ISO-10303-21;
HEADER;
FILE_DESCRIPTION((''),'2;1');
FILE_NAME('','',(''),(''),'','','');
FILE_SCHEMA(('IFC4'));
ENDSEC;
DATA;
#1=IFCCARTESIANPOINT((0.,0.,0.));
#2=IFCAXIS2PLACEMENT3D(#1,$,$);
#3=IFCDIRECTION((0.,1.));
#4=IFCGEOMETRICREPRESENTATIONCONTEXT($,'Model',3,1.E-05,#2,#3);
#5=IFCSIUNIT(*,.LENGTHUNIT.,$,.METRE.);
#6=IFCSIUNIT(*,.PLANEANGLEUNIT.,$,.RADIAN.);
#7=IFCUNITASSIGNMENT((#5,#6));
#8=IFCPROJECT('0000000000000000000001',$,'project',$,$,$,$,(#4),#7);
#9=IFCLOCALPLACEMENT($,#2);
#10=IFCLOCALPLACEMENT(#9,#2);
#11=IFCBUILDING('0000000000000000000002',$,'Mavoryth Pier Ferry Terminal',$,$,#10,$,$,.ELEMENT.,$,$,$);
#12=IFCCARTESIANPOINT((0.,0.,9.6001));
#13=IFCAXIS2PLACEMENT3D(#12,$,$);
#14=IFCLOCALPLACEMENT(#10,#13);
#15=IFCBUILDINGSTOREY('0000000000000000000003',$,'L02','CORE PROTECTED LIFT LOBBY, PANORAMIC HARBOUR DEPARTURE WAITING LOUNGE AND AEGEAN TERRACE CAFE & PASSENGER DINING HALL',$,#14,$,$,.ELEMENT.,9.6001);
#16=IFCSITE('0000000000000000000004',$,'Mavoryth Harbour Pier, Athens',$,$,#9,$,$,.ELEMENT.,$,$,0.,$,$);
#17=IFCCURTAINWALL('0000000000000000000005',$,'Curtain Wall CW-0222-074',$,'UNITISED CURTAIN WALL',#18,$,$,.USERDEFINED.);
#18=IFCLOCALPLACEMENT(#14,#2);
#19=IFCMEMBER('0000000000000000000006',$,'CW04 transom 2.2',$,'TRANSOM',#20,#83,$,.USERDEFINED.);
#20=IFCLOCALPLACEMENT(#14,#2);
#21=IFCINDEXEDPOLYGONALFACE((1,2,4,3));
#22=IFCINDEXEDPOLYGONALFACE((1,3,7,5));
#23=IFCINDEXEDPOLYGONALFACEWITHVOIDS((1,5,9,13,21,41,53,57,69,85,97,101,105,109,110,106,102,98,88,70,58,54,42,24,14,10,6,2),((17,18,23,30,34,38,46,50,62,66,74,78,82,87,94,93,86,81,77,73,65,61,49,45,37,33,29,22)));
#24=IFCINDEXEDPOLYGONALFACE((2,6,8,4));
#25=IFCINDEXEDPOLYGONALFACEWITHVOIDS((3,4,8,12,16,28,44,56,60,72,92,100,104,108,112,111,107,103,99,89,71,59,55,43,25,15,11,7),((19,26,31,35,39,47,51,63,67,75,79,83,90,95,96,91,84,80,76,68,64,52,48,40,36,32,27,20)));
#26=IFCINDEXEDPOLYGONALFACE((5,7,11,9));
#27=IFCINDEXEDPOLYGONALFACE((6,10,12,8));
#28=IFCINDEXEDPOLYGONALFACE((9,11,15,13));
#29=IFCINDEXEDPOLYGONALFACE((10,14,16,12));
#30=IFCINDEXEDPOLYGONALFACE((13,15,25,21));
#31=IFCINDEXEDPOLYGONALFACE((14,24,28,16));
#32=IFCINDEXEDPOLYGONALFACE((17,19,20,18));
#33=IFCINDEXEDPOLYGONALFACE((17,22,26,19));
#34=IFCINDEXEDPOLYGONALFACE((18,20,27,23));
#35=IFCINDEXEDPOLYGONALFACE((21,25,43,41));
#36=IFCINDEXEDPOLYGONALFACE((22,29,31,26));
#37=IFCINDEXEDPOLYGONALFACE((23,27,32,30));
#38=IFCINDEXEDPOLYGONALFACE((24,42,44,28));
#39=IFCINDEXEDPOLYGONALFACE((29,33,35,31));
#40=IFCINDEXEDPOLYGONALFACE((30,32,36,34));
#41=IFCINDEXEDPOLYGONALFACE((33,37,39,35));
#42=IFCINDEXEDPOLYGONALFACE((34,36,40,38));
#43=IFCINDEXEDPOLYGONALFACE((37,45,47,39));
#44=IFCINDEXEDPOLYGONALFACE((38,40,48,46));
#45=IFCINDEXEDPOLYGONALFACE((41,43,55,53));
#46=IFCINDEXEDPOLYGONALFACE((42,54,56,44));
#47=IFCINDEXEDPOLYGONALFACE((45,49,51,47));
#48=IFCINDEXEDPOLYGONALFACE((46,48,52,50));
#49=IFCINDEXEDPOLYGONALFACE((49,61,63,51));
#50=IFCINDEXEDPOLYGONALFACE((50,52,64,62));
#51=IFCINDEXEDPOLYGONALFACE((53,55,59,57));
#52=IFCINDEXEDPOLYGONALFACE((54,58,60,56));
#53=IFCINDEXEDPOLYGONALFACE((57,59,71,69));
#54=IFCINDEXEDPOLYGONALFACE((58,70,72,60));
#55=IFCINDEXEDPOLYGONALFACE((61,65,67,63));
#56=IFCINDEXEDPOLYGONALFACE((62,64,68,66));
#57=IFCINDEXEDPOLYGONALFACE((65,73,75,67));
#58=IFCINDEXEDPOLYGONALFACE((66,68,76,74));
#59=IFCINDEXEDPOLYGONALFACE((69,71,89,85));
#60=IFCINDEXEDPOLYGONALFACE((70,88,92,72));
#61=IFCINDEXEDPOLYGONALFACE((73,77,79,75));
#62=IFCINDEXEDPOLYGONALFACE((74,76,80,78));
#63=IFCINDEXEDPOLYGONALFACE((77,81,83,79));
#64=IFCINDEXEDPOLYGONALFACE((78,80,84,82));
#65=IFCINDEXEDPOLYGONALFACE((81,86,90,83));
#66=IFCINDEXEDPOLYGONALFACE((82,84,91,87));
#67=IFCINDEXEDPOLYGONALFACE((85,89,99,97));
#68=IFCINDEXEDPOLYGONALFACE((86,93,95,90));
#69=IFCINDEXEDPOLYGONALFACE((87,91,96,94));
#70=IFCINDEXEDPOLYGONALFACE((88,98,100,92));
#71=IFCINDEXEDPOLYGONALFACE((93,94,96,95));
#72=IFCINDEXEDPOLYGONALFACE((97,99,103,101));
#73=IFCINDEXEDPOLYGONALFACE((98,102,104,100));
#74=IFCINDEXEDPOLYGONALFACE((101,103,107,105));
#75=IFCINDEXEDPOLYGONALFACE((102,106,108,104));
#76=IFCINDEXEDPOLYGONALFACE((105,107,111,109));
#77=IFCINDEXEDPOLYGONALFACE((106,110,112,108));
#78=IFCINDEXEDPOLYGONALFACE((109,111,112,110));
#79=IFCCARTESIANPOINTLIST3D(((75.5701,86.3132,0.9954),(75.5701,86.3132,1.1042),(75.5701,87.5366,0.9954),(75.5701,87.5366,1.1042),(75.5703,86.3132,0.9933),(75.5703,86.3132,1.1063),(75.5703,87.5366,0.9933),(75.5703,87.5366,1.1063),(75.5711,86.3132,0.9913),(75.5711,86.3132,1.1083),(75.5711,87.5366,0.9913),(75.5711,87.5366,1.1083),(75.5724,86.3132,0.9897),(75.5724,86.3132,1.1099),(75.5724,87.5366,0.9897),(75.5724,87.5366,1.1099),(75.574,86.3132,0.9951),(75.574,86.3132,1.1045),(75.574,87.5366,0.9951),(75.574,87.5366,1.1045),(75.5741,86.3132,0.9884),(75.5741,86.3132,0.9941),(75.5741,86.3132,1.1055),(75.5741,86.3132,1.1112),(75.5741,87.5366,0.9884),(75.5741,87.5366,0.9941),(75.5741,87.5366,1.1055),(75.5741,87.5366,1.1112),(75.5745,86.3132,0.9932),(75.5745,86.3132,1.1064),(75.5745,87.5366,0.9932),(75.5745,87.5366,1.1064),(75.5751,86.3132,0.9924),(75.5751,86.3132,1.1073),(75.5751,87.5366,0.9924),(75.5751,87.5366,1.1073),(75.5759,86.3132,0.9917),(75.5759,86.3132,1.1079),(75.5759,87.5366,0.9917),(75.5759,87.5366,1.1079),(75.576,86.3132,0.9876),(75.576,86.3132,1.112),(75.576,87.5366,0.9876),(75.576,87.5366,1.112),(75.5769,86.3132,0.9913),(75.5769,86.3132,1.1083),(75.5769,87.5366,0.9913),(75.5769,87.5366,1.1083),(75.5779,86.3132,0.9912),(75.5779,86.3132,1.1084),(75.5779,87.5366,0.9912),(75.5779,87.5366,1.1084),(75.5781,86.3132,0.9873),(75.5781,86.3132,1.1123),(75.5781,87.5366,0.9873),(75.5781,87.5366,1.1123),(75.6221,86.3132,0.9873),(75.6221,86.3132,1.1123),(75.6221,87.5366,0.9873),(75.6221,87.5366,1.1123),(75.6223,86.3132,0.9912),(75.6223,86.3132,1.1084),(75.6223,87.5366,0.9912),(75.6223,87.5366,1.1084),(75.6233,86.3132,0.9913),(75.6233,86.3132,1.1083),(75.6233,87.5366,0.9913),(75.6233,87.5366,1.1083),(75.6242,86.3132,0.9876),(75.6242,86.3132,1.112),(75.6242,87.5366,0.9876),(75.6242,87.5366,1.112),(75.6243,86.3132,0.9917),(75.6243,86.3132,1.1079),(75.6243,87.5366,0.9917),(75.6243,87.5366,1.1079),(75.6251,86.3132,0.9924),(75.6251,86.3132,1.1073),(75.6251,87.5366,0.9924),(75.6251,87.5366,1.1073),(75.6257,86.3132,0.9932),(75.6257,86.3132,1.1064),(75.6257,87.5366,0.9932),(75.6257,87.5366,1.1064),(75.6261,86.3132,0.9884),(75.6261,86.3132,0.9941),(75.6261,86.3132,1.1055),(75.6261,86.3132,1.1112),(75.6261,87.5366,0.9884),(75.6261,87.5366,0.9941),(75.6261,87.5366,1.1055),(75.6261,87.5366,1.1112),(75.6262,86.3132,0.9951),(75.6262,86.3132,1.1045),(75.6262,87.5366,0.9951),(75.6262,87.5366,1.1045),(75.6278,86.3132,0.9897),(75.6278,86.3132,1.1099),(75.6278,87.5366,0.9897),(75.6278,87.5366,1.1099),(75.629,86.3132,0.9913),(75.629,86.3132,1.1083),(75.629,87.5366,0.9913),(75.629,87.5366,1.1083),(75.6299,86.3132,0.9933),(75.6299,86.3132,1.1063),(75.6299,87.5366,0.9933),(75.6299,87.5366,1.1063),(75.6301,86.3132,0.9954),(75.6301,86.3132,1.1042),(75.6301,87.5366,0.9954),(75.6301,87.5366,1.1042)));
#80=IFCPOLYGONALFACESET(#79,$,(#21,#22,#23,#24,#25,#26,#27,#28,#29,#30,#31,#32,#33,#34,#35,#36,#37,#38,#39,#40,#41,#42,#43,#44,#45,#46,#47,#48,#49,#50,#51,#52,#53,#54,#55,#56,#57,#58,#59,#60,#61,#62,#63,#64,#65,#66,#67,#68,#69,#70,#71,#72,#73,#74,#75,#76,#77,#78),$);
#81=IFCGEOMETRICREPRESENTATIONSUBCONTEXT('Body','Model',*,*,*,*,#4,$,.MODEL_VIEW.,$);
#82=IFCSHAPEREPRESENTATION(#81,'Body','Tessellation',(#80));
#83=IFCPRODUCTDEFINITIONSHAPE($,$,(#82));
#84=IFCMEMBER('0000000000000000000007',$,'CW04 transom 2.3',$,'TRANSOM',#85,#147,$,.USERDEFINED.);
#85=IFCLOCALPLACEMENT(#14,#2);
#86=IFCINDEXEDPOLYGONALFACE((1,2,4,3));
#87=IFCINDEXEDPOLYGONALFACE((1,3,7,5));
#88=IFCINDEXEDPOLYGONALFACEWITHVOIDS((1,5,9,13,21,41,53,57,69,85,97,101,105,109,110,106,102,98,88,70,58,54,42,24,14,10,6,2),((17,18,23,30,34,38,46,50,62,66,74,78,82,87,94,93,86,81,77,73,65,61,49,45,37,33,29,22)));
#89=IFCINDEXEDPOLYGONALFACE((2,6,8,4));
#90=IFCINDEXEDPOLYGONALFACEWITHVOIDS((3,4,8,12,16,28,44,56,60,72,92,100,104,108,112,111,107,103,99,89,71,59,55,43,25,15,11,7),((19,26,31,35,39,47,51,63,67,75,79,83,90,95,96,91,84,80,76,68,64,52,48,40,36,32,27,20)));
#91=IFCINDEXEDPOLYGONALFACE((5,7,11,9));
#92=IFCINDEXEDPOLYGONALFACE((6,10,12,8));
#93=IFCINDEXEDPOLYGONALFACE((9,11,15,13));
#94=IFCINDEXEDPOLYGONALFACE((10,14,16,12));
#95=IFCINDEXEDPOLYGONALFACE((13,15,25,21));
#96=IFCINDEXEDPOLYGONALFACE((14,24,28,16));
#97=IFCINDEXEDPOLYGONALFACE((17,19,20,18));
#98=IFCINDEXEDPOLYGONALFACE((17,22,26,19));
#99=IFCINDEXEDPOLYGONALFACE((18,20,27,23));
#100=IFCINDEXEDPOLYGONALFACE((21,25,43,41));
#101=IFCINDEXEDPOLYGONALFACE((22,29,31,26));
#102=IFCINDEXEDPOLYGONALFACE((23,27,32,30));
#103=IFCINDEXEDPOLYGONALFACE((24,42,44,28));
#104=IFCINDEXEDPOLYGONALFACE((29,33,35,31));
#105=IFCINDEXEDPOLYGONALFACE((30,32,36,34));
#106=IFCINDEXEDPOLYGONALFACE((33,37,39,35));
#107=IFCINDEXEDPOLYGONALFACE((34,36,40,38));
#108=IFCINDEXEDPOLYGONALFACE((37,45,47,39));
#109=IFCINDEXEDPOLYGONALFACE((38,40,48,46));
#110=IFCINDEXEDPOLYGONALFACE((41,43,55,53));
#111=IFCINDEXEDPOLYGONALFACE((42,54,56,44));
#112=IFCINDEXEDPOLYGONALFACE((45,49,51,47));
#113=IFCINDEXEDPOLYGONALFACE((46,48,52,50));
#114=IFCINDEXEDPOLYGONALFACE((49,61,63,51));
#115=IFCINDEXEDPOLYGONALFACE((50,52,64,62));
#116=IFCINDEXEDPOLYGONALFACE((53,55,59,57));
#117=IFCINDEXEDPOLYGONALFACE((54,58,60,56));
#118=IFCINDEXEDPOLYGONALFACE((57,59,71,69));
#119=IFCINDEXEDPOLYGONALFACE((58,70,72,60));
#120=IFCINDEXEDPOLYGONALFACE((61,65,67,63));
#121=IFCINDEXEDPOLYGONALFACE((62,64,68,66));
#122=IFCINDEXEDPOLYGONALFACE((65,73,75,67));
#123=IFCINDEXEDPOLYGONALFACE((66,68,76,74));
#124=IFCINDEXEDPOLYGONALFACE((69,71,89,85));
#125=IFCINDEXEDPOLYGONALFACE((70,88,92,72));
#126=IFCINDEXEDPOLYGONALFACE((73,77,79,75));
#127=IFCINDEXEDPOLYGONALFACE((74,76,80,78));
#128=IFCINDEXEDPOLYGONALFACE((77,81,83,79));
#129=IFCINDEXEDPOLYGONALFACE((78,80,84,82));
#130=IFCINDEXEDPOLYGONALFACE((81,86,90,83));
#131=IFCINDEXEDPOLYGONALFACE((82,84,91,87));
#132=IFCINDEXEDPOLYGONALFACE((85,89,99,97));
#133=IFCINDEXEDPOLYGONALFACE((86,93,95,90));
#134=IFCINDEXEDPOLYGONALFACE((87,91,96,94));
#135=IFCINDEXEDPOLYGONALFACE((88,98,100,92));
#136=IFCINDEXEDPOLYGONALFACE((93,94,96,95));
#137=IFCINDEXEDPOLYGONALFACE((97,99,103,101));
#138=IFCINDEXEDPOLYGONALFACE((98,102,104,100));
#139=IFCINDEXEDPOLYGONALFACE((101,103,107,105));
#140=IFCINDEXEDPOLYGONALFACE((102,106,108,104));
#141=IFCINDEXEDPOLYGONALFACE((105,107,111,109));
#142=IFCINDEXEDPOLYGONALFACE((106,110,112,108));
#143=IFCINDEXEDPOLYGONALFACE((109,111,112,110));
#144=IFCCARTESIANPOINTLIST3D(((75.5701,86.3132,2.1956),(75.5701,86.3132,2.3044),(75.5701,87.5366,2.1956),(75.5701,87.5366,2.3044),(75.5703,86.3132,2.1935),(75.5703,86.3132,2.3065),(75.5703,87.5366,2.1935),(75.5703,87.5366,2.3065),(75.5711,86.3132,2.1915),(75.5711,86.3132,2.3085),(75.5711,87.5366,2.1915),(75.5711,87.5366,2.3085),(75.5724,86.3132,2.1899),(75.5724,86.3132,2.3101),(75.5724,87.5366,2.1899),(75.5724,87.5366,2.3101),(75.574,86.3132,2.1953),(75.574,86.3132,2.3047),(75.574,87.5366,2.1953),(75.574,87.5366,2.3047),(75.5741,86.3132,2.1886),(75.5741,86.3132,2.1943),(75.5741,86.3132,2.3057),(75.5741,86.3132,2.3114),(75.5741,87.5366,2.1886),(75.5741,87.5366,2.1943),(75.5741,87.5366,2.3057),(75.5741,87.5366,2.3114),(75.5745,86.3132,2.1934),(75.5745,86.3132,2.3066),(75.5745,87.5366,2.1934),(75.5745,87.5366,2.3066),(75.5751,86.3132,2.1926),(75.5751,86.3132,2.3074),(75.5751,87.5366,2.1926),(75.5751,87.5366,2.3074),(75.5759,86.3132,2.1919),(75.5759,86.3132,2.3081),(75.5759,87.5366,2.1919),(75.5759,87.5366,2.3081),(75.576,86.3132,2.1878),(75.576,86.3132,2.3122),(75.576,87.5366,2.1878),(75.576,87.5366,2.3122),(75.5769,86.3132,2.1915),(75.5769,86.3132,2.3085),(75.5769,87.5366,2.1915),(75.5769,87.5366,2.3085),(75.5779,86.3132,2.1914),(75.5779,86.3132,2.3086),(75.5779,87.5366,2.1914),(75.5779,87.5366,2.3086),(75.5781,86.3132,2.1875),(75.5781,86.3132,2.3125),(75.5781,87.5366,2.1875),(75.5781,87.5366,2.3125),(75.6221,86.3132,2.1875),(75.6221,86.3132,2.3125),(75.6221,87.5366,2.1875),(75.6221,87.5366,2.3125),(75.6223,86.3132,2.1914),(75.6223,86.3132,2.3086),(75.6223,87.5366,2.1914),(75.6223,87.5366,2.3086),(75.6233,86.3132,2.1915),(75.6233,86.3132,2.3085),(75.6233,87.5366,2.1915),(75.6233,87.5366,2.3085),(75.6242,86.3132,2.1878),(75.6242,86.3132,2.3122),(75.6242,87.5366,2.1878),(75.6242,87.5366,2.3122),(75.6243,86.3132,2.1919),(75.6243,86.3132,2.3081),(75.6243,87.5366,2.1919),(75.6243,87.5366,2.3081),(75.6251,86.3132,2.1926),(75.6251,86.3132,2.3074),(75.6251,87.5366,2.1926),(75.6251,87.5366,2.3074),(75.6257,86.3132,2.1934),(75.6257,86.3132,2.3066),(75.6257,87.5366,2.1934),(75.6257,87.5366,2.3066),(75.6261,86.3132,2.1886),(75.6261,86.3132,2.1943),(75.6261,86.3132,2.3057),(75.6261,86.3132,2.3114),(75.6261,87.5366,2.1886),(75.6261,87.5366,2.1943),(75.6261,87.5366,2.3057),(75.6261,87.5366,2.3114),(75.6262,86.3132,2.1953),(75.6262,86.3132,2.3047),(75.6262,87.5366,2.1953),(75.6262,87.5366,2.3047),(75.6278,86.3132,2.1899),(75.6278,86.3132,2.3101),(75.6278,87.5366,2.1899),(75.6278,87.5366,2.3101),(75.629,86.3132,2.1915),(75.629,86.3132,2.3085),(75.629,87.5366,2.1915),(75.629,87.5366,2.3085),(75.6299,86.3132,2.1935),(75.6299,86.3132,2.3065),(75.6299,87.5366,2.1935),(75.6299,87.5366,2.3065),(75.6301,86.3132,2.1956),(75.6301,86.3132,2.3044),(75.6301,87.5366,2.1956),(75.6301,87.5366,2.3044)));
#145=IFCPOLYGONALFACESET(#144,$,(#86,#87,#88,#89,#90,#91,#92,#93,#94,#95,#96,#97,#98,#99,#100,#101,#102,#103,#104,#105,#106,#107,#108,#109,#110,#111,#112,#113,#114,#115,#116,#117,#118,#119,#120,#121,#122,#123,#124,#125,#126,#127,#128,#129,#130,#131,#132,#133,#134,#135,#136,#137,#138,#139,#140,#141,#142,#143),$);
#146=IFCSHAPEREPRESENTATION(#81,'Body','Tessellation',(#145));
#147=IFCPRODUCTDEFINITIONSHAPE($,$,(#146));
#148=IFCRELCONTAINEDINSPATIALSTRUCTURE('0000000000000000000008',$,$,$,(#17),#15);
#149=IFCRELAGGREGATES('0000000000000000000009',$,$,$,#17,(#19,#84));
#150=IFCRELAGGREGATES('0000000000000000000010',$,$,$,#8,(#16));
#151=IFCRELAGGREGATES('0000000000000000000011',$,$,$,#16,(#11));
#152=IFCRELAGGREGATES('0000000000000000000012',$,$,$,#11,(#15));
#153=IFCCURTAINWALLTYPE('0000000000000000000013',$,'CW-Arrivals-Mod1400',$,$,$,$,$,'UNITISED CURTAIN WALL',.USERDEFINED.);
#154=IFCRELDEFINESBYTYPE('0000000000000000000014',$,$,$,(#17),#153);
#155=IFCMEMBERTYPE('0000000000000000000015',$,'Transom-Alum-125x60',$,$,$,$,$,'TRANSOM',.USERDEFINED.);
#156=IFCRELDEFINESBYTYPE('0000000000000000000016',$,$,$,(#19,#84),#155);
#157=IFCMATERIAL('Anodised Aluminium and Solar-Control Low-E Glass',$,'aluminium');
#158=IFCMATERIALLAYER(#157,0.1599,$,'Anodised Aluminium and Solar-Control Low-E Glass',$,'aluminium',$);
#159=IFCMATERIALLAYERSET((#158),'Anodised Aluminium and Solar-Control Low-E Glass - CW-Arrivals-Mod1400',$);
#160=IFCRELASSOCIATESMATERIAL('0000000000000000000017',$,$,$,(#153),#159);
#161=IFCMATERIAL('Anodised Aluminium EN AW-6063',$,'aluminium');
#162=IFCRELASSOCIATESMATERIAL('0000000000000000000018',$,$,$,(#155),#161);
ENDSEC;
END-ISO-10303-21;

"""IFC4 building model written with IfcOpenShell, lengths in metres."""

from ifc_helpers import new_model, si_unit, direction, frame, origin, origin_2d, place, context, subcontext, project, spatial, hollow_rectangle, extrude, material, layer, layer_set, material_profile, profile_set, type_object, element, aggregate, save


model = new_model("IFC4")

# Units and contexts
model_context = context("Model", 3, precision=1e-05, world=origin(), true_north=direction((0.0, 1.0)))
body_context = subcontext(model_context, "Body", "Model", "MODEL_VIEW")
ifc_project = project(units=[si_unit("LENGTHUNIT", "METRE"), si_unit("PLANEANGLEUNIT", "RADIAN")], contexts=[model_context])

# Site, building, storey
site_placement = place(None, origin())
site = spatial("IfcSite", under=ifc_project, at=site_placement, Name="Mavoryth Harbour Pier, Athens", CompositionType="ELEMENT", RefElevation=0.0)
building_placement = place(site_placement, origin())
building = spatial("IfcBuilding", under=site, at=building_placement, Name="Mavoryth Pier Ferry Terminal", CompositionType="ELEMENT")
storey_placement = place(building_placement, frame((0.0, 0.0, 9.6001)))
storey = spatial("IfcBuildingStorey", under=building, at=storey_placement, Name="L02", Description="CORE PROTECTED LIFT LOBBY, PANORAMIC HARBOUR DEPARTURE WAITING LOUNGE AND AEGEAN TERRACE CAFE & PASSENGER DINING HALL", CompositionType="ELEMENT", Elevation=9.6001)

# Curtain wall, members
ifc_material_1 = material(Name="Anodised Aluminium and Solar-Control Low-E Glass", Category="aluminium")
ifc_layer_1 = layer(ifc_material_1, 0.1599, Name="Anodised Aluminium and Solar-Control Low-E Glass", Category="aluminium")
ifc_layer_set_1 = layer_set([ifc_layer_1], Name="Anodised Aluminium and Solar-Control Low-E Glass - CW-Arrivals-Mod1400")
curtain_wall_type = type_object("IfcCurtainWallType", Name="CW-Arrivals-Mod1400", ElementType="UNITISED CURTAIN WALL", PredefinedType="USERDEFINED", material=ifc_layer_set_1)
curtain_wall_placement = place(storey_placement, origin())
curtain_wall = element("IfcCurtainWall", 1, at=curtain_wall_placement, inside=storey, type_object=curtain_wall_type, Name="Curtain Wall CW-0222-074", ObjectType="UNITISED CURTAIN WALL", PredefinedType="USERDEFINED")
ifc_material_2 = material(Name="Anodised Aluminium EN AW-6063", Category="aluminium")
ifc_material_profile_1 = material_profile(ifc_material_2, hollow_rectangle(XDim=0.0601, YDim=0.125, WallThickness=0.0039, InnerFilletRadius=0.0039, OuterFilletRadius=0.0081, at=origin_2d()), Name="AL-TRAN 125x60x4", Category="aluminium")
ifc_profile_set_1 = profile_set([ifc_material_profile_1], Name="Anodised Aluminium EN AW-6063 - AL-TRAN 125x60x4")
member_type_1 = type_object("IfcMemberType", Name="Transom-Alum-125x60", ElementType="TRANSOM", PredefinedType="USERDEFINED", material=ifc_profile_set_1)
member_1_placement = place(storey_placement, frame((75.6001, 87.5366, 1.0498), z_axis=(0.0, -1.0, 0.0), x_axis=(1.0, 0.0, 0.0)))
member_1 = element("IfcMember", 2, at=member_1_placement, type_object=member_type_1, Name="CW04 transom 2.2", ObjectType="TRANSOM", PredefinedType="USERDEFINED", context=body_context, shape_type="SweptSolid", body=[
    extrude(hollow_rectangle(XDim=0.0601, YDim=0.125, WallThickness=0.0039, InnerFilletRadius=0.0039, OuterFilletRadius=0.0081, at=origin_2d()), origin(), (0.0, 0.0, 1.0), 1.2234),
])
member_2_placement = place(storey_placement, frame((75.6001, 87.5366, 2.25), z_axis=(0.0, -1.0, 0.0), x_axis=(1.0, 0.0, 0.0)))
member_2 = element("IfcMember", 3, at=member_2_placement, type_object=member_type_1, Name="CW04 transom 2.3", ObjectType="TRANSOM", PredefinedType="USERDEFINED", context=body_context, shape_type="SweptSolid", body=[
    extrude(hollow_rectangle(XDim=0.0601, YDim=0.125, WallThickness=0.0039, InnerFilletRadius=0.0039, OuterFilletRadius=0.0081, at=origin_2d()), origin(), (0.0, 0.0, 1.0), 1.2234),
])
aggregate(curtain_wall, [member_1, member_2])

save(model, "model.ifc")
